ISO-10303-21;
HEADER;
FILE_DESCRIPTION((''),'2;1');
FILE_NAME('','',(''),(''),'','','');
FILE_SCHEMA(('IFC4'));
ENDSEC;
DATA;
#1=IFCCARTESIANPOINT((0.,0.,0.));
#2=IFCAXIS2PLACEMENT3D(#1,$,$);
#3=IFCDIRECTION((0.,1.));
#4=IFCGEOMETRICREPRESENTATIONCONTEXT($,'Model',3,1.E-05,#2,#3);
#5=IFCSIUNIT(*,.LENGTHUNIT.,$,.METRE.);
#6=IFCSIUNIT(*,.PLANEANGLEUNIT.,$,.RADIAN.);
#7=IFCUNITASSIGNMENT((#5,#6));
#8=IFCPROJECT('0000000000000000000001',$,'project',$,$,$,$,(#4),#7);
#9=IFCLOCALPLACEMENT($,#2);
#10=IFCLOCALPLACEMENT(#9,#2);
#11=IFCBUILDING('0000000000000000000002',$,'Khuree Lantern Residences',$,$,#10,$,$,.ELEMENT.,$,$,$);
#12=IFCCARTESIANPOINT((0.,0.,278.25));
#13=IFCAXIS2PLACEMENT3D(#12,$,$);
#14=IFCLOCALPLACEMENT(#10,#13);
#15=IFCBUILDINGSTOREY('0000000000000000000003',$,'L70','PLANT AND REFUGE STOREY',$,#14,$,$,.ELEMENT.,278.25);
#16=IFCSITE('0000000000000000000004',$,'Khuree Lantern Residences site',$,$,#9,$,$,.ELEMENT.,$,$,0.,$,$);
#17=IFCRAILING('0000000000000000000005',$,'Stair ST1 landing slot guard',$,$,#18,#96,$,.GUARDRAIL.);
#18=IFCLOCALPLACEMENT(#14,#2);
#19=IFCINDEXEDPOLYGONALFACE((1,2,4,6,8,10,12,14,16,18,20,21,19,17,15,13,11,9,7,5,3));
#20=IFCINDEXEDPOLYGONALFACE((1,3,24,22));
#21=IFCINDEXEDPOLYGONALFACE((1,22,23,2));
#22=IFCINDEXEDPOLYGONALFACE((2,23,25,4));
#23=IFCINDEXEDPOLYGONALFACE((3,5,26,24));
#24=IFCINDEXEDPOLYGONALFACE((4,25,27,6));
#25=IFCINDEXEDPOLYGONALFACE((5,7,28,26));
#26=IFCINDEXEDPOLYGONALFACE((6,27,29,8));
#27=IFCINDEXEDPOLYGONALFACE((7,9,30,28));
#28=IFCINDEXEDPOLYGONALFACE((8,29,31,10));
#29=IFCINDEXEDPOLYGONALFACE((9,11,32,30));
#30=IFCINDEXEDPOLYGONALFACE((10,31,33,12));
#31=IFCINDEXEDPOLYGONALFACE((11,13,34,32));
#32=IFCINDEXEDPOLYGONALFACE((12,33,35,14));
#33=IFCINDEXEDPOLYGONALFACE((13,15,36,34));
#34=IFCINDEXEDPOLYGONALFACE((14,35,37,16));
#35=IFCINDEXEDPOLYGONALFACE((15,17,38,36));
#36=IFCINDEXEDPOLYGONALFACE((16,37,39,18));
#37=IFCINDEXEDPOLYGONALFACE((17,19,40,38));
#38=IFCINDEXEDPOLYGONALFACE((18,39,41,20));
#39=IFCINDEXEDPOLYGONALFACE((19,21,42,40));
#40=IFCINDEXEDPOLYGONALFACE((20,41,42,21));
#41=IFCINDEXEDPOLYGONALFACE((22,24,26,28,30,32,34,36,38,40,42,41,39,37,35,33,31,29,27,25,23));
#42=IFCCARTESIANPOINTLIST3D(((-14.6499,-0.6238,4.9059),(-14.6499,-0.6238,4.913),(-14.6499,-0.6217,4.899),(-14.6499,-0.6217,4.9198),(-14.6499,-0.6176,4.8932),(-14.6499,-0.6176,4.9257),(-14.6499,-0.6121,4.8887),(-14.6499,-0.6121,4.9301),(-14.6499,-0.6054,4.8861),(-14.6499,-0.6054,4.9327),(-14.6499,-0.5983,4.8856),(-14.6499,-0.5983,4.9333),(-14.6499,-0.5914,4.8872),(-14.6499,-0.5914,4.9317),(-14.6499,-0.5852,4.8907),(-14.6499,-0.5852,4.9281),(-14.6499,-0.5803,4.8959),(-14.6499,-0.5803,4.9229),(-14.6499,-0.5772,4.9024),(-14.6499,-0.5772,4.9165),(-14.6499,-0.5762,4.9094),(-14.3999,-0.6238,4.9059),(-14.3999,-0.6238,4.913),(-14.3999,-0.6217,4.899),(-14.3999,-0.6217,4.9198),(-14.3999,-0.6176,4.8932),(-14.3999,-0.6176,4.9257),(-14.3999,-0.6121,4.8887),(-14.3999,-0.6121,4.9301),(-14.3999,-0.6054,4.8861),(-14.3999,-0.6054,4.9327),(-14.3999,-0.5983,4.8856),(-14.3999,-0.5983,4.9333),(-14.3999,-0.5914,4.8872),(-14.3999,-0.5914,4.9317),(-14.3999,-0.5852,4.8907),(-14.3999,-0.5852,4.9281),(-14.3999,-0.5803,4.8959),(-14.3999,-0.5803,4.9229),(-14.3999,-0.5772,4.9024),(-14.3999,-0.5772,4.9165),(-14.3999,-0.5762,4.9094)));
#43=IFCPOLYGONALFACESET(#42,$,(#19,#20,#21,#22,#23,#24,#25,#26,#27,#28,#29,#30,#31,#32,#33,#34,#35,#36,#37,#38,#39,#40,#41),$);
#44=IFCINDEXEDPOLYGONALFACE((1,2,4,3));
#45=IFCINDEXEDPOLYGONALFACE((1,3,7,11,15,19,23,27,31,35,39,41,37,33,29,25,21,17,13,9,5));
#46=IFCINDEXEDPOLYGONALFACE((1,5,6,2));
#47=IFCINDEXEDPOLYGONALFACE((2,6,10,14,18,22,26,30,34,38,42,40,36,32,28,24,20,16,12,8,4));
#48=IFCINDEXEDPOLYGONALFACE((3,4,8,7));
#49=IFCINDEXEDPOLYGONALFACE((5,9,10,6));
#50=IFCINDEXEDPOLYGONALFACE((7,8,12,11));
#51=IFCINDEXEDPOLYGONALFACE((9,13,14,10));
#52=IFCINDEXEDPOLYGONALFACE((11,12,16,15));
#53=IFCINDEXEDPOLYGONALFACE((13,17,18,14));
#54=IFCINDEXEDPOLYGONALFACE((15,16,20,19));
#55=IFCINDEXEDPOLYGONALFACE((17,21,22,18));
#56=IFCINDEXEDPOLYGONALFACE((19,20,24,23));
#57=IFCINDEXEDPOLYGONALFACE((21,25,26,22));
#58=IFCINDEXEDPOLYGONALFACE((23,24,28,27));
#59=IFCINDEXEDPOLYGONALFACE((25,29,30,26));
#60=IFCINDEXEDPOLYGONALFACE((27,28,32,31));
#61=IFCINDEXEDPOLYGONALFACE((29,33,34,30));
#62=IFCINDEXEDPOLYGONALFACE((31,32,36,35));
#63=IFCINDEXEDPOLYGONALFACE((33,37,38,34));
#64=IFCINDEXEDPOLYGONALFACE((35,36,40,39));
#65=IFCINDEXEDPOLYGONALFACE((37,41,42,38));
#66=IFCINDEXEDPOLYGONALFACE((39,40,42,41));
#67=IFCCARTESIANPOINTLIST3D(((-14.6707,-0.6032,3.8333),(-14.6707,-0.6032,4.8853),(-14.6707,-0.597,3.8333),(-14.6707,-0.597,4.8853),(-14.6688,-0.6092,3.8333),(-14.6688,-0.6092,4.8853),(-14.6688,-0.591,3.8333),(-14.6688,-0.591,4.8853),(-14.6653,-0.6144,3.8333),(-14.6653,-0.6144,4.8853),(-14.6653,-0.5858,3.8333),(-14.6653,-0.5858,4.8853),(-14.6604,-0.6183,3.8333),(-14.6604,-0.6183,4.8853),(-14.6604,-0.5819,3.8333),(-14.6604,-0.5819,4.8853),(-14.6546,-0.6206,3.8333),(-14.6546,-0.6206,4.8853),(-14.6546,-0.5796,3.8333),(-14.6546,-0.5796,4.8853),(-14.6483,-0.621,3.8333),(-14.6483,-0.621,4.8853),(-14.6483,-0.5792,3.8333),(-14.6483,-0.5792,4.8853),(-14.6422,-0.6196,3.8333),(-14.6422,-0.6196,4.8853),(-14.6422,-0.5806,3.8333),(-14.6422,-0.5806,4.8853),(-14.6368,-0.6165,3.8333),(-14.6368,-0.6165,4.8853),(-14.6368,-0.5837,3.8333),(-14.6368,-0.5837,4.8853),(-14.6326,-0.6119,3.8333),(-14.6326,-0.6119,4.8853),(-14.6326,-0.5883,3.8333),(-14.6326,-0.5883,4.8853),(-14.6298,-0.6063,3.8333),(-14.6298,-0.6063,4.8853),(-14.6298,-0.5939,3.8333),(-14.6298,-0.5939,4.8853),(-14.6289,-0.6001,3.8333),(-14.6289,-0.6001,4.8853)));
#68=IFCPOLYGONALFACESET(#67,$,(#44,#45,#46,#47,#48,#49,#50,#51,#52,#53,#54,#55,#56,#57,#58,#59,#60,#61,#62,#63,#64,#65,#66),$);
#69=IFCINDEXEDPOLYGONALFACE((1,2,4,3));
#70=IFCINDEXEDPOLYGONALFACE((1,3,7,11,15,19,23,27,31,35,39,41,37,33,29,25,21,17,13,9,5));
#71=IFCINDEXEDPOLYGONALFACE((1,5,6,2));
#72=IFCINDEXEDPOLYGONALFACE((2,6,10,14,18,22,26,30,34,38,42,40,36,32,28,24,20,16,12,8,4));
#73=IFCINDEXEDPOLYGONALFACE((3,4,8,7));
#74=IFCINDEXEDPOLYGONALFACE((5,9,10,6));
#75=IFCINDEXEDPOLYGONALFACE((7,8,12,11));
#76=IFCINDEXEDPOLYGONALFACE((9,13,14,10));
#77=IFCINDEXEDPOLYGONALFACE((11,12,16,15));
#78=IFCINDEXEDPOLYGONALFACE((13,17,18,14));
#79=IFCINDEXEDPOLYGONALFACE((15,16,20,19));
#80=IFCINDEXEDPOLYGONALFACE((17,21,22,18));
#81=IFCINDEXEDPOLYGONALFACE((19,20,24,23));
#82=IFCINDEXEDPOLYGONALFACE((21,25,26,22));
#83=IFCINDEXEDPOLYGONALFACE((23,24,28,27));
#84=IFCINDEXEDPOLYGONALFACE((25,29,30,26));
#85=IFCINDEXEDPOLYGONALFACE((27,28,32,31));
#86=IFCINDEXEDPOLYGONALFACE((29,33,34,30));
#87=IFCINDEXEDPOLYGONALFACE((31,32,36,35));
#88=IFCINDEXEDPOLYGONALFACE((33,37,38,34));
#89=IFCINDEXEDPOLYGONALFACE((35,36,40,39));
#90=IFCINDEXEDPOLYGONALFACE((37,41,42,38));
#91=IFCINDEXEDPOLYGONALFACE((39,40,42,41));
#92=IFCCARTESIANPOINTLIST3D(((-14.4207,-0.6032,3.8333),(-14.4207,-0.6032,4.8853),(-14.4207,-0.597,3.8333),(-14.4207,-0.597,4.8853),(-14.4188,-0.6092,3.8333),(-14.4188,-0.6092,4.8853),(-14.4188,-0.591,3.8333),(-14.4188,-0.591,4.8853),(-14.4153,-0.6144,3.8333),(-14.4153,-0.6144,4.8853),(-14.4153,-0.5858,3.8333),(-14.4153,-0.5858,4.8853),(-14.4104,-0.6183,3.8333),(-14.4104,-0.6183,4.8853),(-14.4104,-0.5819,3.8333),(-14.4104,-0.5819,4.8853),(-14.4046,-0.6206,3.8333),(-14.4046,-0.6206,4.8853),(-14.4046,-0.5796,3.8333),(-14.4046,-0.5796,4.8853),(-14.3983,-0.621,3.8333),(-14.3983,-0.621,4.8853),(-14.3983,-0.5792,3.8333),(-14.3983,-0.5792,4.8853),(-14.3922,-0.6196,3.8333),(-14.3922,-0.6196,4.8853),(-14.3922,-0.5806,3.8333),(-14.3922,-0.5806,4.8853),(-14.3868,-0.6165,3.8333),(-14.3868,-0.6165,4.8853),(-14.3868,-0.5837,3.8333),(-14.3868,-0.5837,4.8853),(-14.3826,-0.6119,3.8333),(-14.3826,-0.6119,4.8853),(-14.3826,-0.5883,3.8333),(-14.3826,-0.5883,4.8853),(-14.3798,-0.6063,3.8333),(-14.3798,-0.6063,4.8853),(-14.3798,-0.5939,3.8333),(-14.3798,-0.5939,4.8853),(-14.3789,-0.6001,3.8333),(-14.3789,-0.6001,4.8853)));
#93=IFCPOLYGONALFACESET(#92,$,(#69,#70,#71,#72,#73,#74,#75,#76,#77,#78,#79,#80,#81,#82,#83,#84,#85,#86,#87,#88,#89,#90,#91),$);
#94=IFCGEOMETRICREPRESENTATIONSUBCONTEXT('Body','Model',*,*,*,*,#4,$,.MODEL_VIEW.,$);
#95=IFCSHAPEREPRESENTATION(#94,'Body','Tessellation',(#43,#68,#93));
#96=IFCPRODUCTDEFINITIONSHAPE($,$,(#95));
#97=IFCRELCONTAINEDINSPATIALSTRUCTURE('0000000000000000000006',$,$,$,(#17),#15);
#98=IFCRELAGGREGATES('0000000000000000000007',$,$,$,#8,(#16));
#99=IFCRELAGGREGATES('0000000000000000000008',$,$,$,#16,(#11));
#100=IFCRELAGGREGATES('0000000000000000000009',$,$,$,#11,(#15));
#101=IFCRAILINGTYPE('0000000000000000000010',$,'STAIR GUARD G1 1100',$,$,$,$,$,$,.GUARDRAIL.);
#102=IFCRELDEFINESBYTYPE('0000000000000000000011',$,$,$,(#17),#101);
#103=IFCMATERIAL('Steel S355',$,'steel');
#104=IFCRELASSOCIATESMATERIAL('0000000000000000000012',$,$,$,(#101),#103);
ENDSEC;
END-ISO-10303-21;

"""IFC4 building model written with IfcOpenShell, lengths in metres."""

from ifc_helpers import new_model, si_unit, direction, frame, origin, origin_2d, place, context, subcontext, project, spatial, circle, extrude, material, type_object, element, save


model = new_model("IFC4")

# Units and contexts
model_context = context("Model", 3, precision=1e-05, world=origin(), true_north=direction((0.0, 1.0)))
body_context = subcontext(model_context, "Body", "Model", "MODEL_VIEW")
ifc_project = project(units=[si_unit("LENGTHUNIT", "METRE"), si_unit("PLANEANGLEUNIT", "RADIAN")], contexts=[model_context])

# Site, building, storey
site_placement = place(None, origin())
site = spatial("IfcSite", under=ifc_project, at=site_placement, Name="Khuree Lantern Residences site", CompositionType="ELEMENT", RefElevation=0.0)
building_placement = place(site_placement, origin())
building = spatial("IfcBuilding", under=site, at=building_placement, Name="Khuree Lantern Residences", CompositionType="ELEMENT")
storey_placement = place(building_placement, frame((0.0, 0.0, 278.25)))
storey = spatial("IfcBuildingStorey", under=building, at=storey_placement, Name="L70", Description="PLANT AND REFUGE STOREY", CompositionType="ELEMENT", Elevation=278.25)

# Shared definitions
ifc_material_1 = material(Name="Steel S355", Category="steel")

# Railing
railing_type_1 = type_object("IfcRailingType", Name="STAIR GUARD G1 1100", PredefinedType="GUARDRAIL", material=ifc_material_1)
for number, where, name in (
    (1, (-14.6499, -0.6001, 3.8333), "Stair ST1 landing slot guard"),
):
    element("IfcRailing", number, at=place(storey_placement, frame(where)), inside=storey, type_object=railing_type_1, Name=name, PredefinedType="GUARDRAIL", context=body_context, shape_type="SweptSolid", body=[
        extrude(circle(Radius=0.0239, at=origin_2d()), frame((0.0, 0.0, 1.0762), z_axis=(1.0, 0.0, 0.0), x_axis=(0.0, 1.0, 0.0)), (0.0, 0.0, 1.0), 0.25),
        extrude(circle(Radius=0.021, at=origin_2d()), origin(), (0.0, 0.0, 1.0), 1.052),
        extrude(circle(Radius=0.021, at=origin_2d()), frame((0.25, 0.0, 0.0)), (0.0, 0.0, 1.0), 1.052),
    ])

save(model, "model.ifc")
